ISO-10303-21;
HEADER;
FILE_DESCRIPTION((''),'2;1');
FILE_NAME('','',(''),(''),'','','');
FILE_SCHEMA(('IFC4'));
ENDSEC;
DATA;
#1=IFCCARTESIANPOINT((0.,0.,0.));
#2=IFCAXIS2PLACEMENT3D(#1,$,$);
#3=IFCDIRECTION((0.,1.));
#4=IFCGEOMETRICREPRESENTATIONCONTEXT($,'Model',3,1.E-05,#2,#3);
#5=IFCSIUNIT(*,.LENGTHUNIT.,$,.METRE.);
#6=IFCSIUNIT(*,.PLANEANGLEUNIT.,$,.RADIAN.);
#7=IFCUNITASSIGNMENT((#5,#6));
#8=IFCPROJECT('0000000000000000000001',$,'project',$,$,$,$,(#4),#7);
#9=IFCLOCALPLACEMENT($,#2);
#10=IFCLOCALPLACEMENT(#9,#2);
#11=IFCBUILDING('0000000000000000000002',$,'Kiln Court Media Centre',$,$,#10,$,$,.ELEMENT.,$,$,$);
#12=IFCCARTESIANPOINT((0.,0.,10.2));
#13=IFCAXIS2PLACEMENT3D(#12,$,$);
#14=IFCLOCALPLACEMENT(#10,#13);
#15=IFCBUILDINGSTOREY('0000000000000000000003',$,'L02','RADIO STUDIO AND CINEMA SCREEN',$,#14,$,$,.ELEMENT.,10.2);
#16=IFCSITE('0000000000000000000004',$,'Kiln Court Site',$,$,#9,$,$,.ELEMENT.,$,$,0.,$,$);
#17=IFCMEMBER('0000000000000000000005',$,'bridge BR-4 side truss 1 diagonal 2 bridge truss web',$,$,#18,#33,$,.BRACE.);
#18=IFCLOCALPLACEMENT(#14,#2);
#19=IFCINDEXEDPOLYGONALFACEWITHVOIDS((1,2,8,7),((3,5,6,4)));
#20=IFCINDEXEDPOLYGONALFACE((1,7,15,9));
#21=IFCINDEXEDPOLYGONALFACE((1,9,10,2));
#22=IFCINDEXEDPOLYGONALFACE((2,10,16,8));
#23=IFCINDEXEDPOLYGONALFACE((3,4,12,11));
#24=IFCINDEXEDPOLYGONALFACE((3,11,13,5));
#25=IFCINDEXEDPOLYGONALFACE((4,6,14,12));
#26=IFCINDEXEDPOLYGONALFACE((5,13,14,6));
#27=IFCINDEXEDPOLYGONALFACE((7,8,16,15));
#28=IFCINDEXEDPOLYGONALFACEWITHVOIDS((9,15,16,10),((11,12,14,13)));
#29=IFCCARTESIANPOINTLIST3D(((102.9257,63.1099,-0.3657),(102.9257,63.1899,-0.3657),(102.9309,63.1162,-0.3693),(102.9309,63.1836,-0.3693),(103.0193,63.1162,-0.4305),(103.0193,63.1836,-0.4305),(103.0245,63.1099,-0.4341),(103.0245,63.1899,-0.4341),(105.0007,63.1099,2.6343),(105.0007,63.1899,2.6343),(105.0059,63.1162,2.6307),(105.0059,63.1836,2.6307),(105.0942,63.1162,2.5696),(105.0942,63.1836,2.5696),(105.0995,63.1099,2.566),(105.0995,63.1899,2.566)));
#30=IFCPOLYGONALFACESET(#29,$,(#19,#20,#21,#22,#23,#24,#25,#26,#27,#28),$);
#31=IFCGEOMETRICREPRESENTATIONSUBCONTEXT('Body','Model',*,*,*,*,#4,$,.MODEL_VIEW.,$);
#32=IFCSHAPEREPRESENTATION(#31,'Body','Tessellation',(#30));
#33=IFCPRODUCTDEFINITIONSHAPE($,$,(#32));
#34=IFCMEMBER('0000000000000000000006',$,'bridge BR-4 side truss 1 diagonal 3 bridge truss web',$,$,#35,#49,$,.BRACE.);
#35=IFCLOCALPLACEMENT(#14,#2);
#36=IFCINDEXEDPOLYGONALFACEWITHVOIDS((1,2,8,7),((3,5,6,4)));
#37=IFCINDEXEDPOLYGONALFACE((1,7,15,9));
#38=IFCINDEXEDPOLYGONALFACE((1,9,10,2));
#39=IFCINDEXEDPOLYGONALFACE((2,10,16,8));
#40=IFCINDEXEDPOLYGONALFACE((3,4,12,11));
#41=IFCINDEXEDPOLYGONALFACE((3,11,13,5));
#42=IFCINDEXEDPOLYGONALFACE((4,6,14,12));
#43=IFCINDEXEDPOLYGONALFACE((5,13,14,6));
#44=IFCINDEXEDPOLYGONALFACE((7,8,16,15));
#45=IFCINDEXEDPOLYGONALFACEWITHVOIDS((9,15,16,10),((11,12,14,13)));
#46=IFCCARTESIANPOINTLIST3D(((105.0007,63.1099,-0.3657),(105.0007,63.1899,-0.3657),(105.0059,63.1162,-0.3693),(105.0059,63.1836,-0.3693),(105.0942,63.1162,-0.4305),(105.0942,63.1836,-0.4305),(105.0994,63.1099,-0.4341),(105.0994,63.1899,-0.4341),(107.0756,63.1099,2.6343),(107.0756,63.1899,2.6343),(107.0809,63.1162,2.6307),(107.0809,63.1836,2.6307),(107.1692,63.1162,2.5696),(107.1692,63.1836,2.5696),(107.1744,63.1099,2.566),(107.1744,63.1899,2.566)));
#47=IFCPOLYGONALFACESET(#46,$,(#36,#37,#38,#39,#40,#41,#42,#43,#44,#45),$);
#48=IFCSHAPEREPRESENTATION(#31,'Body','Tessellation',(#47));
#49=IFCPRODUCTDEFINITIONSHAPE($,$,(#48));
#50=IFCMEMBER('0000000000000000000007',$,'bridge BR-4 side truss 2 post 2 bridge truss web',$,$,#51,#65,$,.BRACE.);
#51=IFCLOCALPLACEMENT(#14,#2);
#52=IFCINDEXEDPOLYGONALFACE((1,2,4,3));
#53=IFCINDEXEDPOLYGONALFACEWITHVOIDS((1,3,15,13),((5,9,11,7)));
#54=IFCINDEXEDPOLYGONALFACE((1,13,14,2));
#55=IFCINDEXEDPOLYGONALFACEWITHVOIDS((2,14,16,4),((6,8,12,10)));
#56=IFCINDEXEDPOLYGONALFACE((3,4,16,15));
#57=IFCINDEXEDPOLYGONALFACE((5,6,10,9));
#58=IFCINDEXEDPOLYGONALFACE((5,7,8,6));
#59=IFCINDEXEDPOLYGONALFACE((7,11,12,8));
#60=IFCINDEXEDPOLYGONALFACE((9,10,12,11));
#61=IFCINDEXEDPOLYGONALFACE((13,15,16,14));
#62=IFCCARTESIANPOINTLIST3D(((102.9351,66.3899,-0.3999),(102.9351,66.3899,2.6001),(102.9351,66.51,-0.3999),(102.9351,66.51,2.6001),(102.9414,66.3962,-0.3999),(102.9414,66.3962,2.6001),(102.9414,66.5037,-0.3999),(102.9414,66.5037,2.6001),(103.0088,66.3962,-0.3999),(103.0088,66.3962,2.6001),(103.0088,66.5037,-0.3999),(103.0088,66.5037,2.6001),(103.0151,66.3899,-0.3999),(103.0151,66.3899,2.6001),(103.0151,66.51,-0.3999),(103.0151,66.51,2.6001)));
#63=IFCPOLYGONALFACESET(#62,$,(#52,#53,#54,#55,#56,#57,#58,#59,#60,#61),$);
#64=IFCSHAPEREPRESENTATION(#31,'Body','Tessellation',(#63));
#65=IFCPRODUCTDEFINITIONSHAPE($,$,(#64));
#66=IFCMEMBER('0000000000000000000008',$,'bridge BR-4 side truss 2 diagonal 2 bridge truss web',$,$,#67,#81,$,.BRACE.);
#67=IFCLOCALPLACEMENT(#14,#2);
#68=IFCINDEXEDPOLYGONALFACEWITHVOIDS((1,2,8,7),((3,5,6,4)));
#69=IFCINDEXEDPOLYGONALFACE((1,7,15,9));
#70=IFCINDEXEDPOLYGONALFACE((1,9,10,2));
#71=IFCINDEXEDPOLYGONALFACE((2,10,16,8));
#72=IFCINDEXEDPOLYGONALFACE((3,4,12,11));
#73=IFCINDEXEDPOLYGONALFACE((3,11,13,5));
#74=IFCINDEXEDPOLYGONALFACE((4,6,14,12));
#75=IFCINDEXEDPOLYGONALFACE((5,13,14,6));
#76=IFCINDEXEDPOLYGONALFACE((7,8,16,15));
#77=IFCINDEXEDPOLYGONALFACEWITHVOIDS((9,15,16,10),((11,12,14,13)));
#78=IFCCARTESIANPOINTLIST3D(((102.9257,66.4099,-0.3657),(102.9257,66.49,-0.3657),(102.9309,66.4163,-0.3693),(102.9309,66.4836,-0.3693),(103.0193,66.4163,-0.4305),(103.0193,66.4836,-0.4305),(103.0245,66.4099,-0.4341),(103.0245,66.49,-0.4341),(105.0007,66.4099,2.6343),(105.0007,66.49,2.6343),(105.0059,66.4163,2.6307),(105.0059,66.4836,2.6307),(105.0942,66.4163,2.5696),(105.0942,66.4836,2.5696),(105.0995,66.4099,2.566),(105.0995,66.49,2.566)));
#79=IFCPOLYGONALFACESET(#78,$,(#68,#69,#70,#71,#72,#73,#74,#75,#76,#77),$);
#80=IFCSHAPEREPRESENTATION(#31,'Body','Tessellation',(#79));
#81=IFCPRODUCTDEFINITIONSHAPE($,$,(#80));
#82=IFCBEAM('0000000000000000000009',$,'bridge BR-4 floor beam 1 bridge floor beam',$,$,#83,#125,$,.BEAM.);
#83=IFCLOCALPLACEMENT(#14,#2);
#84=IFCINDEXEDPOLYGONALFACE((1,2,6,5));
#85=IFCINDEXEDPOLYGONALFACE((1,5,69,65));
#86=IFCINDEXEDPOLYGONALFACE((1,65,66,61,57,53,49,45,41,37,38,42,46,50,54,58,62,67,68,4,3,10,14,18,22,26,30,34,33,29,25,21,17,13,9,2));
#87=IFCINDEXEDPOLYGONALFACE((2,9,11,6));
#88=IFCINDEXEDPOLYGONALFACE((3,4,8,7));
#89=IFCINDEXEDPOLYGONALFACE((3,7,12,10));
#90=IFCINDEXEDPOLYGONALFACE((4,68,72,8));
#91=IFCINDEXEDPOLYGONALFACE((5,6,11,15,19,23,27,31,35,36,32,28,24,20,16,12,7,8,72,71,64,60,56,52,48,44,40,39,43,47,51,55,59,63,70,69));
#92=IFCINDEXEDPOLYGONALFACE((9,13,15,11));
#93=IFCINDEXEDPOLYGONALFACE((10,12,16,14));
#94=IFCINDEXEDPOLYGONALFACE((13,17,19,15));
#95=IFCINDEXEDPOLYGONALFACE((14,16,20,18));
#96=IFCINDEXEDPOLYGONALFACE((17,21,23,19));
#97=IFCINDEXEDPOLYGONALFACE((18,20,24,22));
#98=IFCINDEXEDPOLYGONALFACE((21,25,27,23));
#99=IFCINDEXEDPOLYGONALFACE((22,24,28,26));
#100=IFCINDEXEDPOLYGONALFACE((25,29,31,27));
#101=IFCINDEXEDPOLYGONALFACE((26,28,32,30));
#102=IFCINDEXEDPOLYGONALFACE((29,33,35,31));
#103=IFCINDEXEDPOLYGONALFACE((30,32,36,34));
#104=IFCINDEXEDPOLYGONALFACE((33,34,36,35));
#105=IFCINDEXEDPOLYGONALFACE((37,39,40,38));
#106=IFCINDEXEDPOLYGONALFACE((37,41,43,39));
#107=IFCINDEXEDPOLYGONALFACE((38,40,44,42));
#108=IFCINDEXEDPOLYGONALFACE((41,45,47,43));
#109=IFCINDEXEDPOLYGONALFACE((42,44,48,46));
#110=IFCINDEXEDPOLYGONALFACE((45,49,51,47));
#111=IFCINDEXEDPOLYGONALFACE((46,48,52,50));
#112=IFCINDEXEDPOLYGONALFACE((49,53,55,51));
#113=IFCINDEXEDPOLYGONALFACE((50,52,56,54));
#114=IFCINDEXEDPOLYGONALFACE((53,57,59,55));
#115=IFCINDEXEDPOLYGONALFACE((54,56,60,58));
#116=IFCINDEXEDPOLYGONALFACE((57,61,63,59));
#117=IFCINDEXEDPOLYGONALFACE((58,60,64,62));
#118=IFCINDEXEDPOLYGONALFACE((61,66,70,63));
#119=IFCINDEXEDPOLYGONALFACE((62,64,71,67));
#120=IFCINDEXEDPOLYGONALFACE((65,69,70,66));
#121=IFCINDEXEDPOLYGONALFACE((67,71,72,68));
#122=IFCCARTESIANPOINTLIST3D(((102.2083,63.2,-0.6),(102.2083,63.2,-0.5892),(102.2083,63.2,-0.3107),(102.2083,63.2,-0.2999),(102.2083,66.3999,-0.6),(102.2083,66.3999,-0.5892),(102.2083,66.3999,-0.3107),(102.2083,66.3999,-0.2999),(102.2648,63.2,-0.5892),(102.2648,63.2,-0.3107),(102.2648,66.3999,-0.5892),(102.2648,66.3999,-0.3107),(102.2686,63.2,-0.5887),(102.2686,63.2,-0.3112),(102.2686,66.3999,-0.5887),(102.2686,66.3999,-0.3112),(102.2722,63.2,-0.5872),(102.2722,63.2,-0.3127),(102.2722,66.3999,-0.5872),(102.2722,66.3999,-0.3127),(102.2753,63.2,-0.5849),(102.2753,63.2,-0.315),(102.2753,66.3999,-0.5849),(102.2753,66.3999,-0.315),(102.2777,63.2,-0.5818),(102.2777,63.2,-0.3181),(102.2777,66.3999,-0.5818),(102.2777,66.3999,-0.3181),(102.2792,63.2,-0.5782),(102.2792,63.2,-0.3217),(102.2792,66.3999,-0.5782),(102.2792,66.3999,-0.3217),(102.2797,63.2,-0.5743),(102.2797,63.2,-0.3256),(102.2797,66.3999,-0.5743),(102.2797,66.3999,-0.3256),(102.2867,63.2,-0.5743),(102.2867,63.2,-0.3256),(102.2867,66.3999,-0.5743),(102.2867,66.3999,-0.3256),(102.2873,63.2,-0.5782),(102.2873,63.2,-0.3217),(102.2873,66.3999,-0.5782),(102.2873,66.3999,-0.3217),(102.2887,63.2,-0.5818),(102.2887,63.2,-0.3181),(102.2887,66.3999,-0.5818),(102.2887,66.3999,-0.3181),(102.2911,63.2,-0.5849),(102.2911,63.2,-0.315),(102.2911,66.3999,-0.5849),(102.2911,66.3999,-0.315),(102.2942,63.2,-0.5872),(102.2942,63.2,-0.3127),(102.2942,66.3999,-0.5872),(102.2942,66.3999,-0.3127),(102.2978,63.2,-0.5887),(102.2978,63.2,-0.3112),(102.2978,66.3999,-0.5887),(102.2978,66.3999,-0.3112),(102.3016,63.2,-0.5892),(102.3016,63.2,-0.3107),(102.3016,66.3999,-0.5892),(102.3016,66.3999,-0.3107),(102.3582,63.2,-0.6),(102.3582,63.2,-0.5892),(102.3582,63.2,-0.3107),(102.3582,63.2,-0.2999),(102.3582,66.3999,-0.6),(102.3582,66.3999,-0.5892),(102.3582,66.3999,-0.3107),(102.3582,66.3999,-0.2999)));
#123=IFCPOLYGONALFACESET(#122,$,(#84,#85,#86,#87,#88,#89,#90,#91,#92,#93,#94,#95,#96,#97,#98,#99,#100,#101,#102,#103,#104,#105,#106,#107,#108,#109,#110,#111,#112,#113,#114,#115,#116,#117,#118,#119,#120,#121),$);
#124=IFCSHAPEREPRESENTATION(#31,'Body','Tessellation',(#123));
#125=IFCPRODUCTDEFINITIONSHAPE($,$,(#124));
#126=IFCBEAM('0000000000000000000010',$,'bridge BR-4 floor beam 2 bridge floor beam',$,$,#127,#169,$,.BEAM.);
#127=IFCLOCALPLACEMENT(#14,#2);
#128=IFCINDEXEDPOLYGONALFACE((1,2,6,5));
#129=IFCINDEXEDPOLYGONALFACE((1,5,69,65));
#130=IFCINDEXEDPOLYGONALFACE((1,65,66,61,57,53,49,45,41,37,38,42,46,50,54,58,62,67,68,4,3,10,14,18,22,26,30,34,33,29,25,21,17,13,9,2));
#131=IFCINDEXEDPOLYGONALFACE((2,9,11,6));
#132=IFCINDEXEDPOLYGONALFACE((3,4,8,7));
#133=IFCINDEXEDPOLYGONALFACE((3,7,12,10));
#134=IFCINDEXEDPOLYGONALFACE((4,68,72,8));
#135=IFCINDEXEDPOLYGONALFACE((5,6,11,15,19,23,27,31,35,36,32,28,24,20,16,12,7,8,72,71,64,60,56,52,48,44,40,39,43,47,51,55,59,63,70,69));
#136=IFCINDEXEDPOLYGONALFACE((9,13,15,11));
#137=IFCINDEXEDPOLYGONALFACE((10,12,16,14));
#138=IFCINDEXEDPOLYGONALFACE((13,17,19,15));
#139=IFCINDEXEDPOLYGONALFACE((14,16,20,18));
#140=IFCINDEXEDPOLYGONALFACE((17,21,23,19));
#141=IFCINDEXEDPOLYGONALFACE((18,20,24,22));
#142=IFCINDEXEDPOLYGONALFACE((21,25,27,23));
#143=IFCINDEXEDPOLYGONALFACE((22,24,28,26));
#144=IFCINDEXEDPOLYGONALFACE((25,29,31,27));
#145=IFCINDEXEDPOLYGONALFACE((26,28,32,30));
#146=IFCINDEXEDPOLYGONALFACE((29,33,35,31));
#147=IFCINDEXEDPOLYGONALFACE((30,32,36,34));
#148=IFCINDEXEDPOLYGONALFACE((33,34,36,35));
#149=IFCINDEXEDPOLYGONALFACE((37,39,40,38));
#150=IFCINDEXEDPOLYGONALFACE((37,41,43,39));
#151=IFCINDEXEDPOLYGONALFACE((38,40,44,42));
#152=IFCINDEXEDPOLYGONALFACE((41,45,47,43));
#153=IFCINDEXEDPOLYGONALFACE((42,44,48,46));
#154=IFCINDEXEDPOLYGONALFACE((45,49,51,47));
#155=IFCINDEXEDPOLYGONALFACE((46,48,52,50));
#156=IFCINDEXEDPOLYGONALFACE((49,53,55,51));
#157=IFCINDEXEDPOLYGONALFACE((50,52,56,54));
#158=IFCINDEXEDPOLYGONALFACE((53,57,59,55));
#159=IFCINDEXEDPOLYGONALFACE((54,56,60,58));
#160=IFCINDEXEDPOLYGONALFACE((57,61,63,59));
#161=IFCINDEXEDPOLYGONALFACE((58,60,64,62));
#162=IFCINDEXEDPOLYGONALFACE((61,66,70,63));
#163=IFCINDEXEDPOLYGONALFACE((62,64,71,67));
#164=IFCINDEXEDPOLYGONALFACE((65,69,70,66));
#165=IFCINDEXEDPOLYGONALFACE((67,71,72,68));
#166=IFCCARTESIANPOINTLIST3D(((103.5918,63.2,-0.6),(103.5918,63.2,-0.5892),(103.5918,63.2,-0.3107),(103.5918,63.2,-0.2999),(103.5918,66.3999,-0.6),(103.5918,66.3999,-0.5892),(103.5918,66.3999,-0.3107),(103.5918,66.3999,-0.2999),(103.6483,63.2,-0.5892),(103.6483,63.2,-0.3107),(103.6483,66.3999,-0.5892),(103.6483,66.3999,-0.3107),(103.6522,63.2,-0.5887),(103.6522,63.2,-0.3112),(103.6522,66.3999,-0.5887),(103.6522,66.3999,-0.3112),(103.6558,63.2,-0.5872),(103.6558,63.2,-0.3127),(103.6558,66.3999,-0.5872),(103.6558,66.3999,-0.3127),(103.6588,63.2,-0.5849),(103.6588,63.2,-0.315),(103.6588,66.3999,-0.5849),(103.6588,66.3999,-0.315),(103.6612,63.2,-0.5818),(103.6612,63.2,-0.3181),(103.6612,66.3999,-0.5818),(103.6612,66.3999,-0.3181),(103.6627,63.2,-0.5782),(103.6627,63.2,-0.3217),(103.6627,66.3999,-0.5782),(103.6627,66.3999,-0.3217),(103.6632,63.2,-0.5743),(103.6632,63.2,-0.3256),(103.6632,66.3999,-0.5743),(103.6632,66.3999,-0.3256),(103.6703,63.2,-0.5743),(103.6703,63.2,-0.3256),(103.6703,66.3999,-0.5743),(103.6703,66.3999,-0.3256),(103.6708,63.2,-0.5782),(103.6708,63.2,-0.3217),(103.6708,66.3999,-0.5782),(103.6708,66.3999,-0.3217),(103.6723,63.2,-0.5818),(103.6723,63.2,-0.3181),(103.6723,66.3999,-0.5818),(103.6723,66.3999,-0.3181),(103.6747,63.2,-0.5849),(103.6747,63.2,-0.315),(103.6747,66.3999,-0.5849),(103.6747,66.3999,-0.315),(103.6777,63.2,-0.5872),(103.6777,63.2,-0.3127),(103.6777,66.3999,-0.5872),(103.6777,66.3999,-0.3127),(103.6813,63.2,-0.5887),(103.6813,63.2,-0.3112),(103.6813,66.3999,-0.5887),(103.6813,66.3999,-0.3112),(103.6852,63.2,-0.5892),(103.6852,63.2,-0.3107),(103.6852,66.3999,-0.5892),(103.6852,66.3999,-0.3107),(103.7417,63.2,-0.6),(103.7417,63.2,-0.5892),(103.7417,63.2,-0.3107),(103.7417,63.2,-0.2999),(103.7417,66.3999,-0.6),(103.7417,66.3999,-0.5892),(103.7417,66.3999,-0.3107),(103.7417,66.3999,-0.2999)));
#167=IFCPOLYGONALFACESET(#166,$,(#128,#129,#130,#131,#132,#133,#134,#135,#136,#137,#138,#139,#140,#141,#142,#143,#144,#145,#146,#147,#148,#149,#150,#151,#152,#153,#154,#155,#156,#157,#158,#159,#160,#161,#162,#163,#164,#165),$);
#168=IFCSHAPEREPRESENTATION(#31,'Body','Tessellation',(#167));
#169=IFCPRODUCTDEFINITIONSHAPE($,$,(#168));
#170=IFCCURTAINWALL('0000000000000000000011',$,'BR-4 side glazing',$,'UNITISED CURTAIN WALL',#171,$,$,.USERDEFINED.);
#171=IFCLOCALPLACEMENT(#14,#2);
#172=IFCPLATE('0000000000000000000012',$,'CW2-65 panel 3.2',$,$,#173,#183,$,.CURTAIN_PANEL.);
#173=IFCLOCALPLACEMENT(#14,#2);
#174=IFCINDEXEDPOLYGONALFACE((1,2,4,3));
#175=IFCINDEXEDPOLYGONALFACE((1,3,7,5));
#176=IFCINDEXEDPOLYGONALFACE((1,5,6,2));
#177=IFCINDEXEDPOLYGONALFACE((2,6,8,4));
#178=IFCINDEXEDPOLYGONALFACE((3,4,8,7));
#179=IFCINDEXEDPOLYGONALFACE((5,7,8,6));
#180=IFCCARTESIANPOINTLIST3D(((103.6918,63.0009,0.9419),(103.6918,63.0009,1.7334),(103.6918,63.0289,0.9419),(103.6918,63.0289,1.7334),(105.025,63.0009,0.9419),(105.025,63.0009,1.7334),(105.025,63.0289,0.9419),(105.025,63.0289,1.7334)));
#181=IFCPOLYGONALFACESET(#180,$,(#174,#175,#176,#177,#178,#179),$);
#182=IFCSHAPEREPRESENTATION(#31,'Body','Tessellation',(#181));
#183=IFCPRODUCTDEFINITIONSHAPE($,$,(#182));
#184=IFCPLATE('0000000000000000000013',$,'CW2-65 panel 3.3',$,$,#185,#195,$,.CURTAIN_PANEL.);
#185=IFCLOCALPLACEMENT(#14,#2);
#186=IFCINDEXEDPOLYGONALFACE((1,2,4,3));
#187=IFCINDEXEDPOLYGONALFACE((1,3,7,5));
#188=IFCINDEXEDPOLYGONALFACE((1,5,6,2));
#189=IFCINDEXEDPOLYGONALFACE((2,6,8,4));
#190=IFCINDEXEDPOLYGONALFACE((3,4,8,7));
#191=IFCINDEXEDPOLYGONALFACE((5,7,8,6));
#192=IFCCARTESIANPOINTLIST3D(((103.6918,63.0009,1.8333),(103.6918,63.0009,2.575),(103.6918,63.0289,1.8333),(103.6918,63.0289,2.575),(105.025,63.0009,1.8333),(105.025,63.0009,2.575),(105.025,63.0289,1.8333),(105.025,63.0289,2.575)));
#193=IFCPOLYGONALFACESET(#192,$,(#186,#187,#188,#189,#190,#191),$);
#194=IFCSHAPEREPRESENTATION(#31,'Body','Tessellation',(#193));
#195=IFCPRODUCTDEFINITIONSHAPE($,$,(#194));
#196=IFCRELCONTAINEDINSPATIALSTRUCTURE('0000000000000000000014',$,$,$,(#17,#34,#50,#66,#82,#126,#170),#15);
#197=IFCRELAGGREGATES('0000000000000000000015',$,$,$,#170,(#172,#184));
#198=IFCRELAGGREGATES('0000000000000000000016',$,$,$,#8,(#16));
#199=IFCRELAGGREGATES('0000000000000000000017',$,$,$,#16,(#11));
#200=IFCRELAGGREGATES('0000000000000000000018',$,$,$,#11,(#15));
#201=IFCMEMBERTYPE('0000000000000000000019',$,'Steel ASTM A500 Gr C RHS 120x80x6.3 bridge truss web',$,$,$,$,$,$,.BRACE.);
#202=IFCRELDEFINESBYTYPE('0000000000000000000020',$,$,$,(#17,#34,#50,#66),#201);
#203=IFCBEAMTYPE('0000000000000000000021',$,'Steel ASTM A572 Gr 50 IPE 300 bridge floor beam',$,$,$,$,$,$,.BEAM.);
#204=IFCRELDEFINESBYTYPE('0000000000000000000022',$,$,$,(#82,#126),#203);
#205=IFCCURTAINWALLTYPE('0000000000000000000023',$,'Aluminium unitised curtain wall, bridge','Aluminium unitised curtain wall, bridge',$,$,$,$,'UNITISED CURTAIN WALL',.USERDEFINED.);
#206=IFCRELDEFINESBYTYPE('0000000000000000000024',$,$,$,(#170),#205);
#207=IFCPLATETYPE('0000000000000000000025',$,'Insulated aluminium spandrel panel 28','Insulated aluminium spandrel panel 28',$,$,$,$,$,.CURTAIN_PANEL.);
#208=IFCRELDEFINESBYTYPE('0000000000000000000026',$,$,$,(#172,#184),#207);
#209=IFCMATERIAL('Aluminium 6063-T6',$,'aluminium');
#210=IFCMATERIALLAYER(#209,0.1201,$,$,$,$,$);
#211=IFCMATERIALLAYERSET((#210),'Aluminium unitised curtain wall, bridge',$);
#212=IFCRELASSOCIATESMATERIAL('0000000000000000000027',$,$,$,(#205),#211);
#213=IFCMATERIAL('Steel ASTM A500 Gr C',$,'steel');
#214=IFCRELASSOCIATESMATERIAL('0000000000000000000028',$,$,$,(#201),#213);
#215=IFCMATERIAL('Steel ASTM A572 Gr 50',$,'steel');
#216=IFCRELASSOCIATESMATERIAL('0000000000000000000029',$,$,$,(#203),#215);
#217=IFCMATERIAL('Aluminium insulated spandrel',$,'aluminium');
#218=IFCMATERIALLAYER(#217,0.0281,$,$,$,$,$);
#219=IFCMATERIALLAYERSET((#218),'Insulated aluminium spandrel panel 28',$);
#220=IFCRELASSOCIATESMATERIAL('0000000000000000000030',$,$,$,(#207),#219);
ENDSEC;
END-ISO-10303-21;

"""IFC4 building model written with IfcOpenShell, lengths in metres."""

from ifc_helpers import new_model, si_unit, direction, frame, origin, origin_2d, place, context, subcontext, project, spatial, rectangle, hollow_rectangle, i_section, extrude, material, layer, layer_set, material_profile, profile_set, type_object, element, aggregate, save


model = new_model("IFC4")

# Units and contexts
model_context = context("Model", 3, precision=1e-05, world=origin(), true_north=direction((0.0, 1.0)))
body_context = subcontext(model_context, "Body", "Model", "MODEL_VIEW")
ifc_project = project(units=[si_unit("LENGTHUNIT", "METRE"), si_unit("PLANEANGLEUNIT", "RADIAN")], contexts=[model_context])

# Site, building, storey
site_placement = place(None, origin())
site = spatial("IfcSite", under=ifc_project, at=site_placement, Name="Kiln Court Site", CompositionType="ELEMENT", RefElevation=0.0)
building_placement = place(site_placement, origin())
building = spatial("IfcBuilding", under=site, at=building_placement, Name="Kiln Court Media Centre", CompositionType="ELEMENT")
storey_placement = place(building_placement, frame((0.0, 0.0, 10.2)))
storey = spatial("IfcBuildingStorey", under=building, at=storey_placement, Name="L02", Description="RADIO STUDIO AND CINEMA SCREEN", CompositionType="ELEMENT", Elevation=10.2)

# Shared definitions
ifc_material_1 = material(Name="Aluminium 6063-T6", Category="aluminium")
ifc_layer_1 = layer(ifc_material_1, 0.1201)
ifc_layer_set_1 = layer_set([ifc_layer_1], Name="Aluminium unitised curtain wall, bridge")
curtain_wall_type = type_object("IfcCurtainWallType", Name="Aluminium unitised curtain wall, bridge", Description="Aluminium unitised curtain wall, bridge", ElementType="UNITISED CURTAIN WALL", PredefinedType="USERDEFINED", material=ifc_layer_set_1)

# Members
ifc_material_2 = material(Name="Steel ASTM A500 Gr C", Category="steel")
ifc_material_profile_1 = material_profile(ifc_material_2, hollow_rectangle(XDim=0.0801, YDim=0.1201, WallThickness=0.0063, at=origin_2d()), Name="RHS 120x80x6.3")
ifc_profile_set_1 = profile_set([ifc_material_profile_1], Name="Steel ASTM A500 Gr C")
member_type_1 = type_object("IfcMemberType", Name="Steel ASTM A500 Gr C RHS 120x80x6.3 bridge truss web", PredefinedType="BRACE", material=ifc_profile_set_1)
for number, where, z_axis, x_axis, name in (
    (1, (102.9751, 63.1499, -0.3999), (0.568844, 0.0, 0.822445), (0.0, 1.0, 0.0), "bridge BR-4 side truss 1 diagonal 2 bridge truss web"),
    (2, (105.05, 63.1499, -0.3999), (0.568844, 0.0, 0.822445), (0.0, 1.0, 0.0), "bridge BR-4 side truss 1 diagonal 3 bridge truss web"),
):
    element("IfcMember", number, at=place(storey_placement, frame(where, z_axis=z_axis, x_axis=x_axis)), inside=storey, type_object=member_type_1, Name=name, PredefinedType="BRACE", context=body_context, shape_type="SweptSolid", body=[
        extrude(hollow_rectangle(XDim=0.0801, YDim=0.1201, WallThickness=0.0063, at=origin_2d()), origin(), (0.0, 0.0, 1.0), 3.6477),
    ])
member_1_placement = place(storey_placement, frame((102.9751, 66.45, -0.3999), z_axis=(0.0, 0.0, 1.0), x_axis=(1.0, 0.0, 0.0)))
element("IfcMember", 3, at=member_1_placement, inside=storey, type_object=member_type_1, Name="bridge BR-4 side truss 2 post 2 bridge truss web", PredefinedType="BRACE", context=body_context, shape_type="SweptSolid", body=[
    extrude(hollow_rectangle(XDim=0.0801, YDim=0.1201, WallThickness=0.0063, at=origin_2d()), origin(), (0.0, 0.0, 1.0), 3.0),
])
member_2_placement = place(storey_placement, frame((102.9751, 66.45, -0.3999), z_axis=(0.568844, 0.0, 0.822445), x_axis=(0.0, 1.0, 0.0)))
element("IfcMember", 4, at=member_2_placement, inside=storey, type_object=member_type_1, Name="bridge BR-4 side truss 2 diagonal 2 bridge truss web", PredefinedType="BRACE", context=body_context, shape_type="SweptSolid", body=[
    extrude(hollow_rectangle(XDim=0.0801, YDim=0.1201, WallThickness=0.0063, at=origin_2d()), origin(), (0.0, 0.0, 1.0), 3.6477),
])

# Beams
ifc_material_3 = material(Name="Steel ASTM A572 Gr 50", Category="steel")
ifc_material_profile_2 = material_profile(ifc_material_3, i_section(OverallWidth=0.1499, OverallDepth=0.3, WebThickness=0.0071, FlangeThickness=0.0107, FilletRadius=0.0149, at=origin_2d()), Name="IPE 300")
ifc_profile_set_2 = profile_set([ifc_material_profile_2], Name="Steel ASTM A572 Gr 50")
beam_type = type_object("IfcBeamType", Name="Steel ASTM A572 Gr 50 IPE 300 bridge floor beam", PredefinedType="BEAM", material=ifc_profile_set_2)
for number, where, z_axis, x_axis, name in (
    (5, (102.2832, 63.2, -0.45), (0.0, 1.0, 0.0), (-1.0, 0.0, 0.0), "bridge BR-4 floor beam 1 bridge floor beam"),
    (6, (103.6667, 63.2, -0.45), (0.0, 1.0, 0.0), (-1.0, 0.0, 0.0), "bridge BR-4 floor beam 2 bridge floor beam"),
):
    element("IfcBeam", number, at=place(storey_placement, frame(where, z_axis=z_axis, x_axis=x_axis)), inside=storey, type_object=beam_type, Name=name, PredefinedType="BEAM", context=body_context, shape_type="SweptSolid", body=[
        extrude(i_section(OverallWidth=0.1499, OverallDepth=0.3, WebThickness=0.0071, FlangeThickness=0.0107, FilletRadius=0.0149, at=origin_2d()), origin(), (0.0, 0.0, 1.0), 3.2),
    ])

# Curtain wall, plates
curtain_wall_1_placement = place(storey_placement, origin())
curtain_wall_1 = element("IfcCurtainWall", 7, at=curtain_wall_1_placement, inside=storey, type_object=curtain_wall_type, Name="BR-4 side glazing", ObjectType="UNITISED CURTAIN WALL", PredefinedType="USERDEFINED")
ifc_material_4 = material(Name="Aluminium insulated spandrel", Category="aluminium")
ifc_layer_2 = layer(ifc_material_4, 0.0281)
ifc_layer_set_2 = layer_set([ifc_layer_2], Name="Insulated aluminium spandrel panel 28")
plate_type_1 = type_object("IfcPlateType", Name="Insulated aluminium spandrel panel 28", Description="Insulated aluminium spandrel panel 28", PredefinedType="CURTAIN_PANEL", material=ifc_layer_set_2)
plate_1_placement = place(storey_placement, frame((104.3584, 63.0149, 0.9419), z_axis=(0.0, 0.0, 1.0), x_axis=(1.0, 0.0, 0.0)))
plate_1 = element("IfcPlate", 8, at=plate_1_placement, type_object=plate_type_1, Name="CW2-65 panel 3.2", PredefinedType="CURTAIN_PANEL", context=body_context, shape_type="SweptSolid", body=[
    extrude(rectangle(XDim=1.3333, YDim=0.0281, at=origin_2d()), origin(), (0.0, 0.0, 1.0), 0.7915),
])
plate_2_placement = place(storey_placement, frame((104.3584, 63.0149, 1.8333), z_axis=(0.0, 0.0, 1.0), x_axis=(1.0, 0.0, 0.0)))
plate_2 = element("IfcPlate", 9, at=plate_2_placement, type_object=plate_type_1, Name="CW2-65 panel 3.3", PredefinedType="CURTAIN_PANEL", context=body_context, shape_type="SweptSolid", body=[
    extrude(rectangle(XDim=1.3333, YDim=0.0281, at=origin_2d()), origin(), (0.0, 0.0, 1.0), 0.7417),
])
aggregate(curtain_wall_1, [plate_1, plate_2])

save(model, "model.ifc")
